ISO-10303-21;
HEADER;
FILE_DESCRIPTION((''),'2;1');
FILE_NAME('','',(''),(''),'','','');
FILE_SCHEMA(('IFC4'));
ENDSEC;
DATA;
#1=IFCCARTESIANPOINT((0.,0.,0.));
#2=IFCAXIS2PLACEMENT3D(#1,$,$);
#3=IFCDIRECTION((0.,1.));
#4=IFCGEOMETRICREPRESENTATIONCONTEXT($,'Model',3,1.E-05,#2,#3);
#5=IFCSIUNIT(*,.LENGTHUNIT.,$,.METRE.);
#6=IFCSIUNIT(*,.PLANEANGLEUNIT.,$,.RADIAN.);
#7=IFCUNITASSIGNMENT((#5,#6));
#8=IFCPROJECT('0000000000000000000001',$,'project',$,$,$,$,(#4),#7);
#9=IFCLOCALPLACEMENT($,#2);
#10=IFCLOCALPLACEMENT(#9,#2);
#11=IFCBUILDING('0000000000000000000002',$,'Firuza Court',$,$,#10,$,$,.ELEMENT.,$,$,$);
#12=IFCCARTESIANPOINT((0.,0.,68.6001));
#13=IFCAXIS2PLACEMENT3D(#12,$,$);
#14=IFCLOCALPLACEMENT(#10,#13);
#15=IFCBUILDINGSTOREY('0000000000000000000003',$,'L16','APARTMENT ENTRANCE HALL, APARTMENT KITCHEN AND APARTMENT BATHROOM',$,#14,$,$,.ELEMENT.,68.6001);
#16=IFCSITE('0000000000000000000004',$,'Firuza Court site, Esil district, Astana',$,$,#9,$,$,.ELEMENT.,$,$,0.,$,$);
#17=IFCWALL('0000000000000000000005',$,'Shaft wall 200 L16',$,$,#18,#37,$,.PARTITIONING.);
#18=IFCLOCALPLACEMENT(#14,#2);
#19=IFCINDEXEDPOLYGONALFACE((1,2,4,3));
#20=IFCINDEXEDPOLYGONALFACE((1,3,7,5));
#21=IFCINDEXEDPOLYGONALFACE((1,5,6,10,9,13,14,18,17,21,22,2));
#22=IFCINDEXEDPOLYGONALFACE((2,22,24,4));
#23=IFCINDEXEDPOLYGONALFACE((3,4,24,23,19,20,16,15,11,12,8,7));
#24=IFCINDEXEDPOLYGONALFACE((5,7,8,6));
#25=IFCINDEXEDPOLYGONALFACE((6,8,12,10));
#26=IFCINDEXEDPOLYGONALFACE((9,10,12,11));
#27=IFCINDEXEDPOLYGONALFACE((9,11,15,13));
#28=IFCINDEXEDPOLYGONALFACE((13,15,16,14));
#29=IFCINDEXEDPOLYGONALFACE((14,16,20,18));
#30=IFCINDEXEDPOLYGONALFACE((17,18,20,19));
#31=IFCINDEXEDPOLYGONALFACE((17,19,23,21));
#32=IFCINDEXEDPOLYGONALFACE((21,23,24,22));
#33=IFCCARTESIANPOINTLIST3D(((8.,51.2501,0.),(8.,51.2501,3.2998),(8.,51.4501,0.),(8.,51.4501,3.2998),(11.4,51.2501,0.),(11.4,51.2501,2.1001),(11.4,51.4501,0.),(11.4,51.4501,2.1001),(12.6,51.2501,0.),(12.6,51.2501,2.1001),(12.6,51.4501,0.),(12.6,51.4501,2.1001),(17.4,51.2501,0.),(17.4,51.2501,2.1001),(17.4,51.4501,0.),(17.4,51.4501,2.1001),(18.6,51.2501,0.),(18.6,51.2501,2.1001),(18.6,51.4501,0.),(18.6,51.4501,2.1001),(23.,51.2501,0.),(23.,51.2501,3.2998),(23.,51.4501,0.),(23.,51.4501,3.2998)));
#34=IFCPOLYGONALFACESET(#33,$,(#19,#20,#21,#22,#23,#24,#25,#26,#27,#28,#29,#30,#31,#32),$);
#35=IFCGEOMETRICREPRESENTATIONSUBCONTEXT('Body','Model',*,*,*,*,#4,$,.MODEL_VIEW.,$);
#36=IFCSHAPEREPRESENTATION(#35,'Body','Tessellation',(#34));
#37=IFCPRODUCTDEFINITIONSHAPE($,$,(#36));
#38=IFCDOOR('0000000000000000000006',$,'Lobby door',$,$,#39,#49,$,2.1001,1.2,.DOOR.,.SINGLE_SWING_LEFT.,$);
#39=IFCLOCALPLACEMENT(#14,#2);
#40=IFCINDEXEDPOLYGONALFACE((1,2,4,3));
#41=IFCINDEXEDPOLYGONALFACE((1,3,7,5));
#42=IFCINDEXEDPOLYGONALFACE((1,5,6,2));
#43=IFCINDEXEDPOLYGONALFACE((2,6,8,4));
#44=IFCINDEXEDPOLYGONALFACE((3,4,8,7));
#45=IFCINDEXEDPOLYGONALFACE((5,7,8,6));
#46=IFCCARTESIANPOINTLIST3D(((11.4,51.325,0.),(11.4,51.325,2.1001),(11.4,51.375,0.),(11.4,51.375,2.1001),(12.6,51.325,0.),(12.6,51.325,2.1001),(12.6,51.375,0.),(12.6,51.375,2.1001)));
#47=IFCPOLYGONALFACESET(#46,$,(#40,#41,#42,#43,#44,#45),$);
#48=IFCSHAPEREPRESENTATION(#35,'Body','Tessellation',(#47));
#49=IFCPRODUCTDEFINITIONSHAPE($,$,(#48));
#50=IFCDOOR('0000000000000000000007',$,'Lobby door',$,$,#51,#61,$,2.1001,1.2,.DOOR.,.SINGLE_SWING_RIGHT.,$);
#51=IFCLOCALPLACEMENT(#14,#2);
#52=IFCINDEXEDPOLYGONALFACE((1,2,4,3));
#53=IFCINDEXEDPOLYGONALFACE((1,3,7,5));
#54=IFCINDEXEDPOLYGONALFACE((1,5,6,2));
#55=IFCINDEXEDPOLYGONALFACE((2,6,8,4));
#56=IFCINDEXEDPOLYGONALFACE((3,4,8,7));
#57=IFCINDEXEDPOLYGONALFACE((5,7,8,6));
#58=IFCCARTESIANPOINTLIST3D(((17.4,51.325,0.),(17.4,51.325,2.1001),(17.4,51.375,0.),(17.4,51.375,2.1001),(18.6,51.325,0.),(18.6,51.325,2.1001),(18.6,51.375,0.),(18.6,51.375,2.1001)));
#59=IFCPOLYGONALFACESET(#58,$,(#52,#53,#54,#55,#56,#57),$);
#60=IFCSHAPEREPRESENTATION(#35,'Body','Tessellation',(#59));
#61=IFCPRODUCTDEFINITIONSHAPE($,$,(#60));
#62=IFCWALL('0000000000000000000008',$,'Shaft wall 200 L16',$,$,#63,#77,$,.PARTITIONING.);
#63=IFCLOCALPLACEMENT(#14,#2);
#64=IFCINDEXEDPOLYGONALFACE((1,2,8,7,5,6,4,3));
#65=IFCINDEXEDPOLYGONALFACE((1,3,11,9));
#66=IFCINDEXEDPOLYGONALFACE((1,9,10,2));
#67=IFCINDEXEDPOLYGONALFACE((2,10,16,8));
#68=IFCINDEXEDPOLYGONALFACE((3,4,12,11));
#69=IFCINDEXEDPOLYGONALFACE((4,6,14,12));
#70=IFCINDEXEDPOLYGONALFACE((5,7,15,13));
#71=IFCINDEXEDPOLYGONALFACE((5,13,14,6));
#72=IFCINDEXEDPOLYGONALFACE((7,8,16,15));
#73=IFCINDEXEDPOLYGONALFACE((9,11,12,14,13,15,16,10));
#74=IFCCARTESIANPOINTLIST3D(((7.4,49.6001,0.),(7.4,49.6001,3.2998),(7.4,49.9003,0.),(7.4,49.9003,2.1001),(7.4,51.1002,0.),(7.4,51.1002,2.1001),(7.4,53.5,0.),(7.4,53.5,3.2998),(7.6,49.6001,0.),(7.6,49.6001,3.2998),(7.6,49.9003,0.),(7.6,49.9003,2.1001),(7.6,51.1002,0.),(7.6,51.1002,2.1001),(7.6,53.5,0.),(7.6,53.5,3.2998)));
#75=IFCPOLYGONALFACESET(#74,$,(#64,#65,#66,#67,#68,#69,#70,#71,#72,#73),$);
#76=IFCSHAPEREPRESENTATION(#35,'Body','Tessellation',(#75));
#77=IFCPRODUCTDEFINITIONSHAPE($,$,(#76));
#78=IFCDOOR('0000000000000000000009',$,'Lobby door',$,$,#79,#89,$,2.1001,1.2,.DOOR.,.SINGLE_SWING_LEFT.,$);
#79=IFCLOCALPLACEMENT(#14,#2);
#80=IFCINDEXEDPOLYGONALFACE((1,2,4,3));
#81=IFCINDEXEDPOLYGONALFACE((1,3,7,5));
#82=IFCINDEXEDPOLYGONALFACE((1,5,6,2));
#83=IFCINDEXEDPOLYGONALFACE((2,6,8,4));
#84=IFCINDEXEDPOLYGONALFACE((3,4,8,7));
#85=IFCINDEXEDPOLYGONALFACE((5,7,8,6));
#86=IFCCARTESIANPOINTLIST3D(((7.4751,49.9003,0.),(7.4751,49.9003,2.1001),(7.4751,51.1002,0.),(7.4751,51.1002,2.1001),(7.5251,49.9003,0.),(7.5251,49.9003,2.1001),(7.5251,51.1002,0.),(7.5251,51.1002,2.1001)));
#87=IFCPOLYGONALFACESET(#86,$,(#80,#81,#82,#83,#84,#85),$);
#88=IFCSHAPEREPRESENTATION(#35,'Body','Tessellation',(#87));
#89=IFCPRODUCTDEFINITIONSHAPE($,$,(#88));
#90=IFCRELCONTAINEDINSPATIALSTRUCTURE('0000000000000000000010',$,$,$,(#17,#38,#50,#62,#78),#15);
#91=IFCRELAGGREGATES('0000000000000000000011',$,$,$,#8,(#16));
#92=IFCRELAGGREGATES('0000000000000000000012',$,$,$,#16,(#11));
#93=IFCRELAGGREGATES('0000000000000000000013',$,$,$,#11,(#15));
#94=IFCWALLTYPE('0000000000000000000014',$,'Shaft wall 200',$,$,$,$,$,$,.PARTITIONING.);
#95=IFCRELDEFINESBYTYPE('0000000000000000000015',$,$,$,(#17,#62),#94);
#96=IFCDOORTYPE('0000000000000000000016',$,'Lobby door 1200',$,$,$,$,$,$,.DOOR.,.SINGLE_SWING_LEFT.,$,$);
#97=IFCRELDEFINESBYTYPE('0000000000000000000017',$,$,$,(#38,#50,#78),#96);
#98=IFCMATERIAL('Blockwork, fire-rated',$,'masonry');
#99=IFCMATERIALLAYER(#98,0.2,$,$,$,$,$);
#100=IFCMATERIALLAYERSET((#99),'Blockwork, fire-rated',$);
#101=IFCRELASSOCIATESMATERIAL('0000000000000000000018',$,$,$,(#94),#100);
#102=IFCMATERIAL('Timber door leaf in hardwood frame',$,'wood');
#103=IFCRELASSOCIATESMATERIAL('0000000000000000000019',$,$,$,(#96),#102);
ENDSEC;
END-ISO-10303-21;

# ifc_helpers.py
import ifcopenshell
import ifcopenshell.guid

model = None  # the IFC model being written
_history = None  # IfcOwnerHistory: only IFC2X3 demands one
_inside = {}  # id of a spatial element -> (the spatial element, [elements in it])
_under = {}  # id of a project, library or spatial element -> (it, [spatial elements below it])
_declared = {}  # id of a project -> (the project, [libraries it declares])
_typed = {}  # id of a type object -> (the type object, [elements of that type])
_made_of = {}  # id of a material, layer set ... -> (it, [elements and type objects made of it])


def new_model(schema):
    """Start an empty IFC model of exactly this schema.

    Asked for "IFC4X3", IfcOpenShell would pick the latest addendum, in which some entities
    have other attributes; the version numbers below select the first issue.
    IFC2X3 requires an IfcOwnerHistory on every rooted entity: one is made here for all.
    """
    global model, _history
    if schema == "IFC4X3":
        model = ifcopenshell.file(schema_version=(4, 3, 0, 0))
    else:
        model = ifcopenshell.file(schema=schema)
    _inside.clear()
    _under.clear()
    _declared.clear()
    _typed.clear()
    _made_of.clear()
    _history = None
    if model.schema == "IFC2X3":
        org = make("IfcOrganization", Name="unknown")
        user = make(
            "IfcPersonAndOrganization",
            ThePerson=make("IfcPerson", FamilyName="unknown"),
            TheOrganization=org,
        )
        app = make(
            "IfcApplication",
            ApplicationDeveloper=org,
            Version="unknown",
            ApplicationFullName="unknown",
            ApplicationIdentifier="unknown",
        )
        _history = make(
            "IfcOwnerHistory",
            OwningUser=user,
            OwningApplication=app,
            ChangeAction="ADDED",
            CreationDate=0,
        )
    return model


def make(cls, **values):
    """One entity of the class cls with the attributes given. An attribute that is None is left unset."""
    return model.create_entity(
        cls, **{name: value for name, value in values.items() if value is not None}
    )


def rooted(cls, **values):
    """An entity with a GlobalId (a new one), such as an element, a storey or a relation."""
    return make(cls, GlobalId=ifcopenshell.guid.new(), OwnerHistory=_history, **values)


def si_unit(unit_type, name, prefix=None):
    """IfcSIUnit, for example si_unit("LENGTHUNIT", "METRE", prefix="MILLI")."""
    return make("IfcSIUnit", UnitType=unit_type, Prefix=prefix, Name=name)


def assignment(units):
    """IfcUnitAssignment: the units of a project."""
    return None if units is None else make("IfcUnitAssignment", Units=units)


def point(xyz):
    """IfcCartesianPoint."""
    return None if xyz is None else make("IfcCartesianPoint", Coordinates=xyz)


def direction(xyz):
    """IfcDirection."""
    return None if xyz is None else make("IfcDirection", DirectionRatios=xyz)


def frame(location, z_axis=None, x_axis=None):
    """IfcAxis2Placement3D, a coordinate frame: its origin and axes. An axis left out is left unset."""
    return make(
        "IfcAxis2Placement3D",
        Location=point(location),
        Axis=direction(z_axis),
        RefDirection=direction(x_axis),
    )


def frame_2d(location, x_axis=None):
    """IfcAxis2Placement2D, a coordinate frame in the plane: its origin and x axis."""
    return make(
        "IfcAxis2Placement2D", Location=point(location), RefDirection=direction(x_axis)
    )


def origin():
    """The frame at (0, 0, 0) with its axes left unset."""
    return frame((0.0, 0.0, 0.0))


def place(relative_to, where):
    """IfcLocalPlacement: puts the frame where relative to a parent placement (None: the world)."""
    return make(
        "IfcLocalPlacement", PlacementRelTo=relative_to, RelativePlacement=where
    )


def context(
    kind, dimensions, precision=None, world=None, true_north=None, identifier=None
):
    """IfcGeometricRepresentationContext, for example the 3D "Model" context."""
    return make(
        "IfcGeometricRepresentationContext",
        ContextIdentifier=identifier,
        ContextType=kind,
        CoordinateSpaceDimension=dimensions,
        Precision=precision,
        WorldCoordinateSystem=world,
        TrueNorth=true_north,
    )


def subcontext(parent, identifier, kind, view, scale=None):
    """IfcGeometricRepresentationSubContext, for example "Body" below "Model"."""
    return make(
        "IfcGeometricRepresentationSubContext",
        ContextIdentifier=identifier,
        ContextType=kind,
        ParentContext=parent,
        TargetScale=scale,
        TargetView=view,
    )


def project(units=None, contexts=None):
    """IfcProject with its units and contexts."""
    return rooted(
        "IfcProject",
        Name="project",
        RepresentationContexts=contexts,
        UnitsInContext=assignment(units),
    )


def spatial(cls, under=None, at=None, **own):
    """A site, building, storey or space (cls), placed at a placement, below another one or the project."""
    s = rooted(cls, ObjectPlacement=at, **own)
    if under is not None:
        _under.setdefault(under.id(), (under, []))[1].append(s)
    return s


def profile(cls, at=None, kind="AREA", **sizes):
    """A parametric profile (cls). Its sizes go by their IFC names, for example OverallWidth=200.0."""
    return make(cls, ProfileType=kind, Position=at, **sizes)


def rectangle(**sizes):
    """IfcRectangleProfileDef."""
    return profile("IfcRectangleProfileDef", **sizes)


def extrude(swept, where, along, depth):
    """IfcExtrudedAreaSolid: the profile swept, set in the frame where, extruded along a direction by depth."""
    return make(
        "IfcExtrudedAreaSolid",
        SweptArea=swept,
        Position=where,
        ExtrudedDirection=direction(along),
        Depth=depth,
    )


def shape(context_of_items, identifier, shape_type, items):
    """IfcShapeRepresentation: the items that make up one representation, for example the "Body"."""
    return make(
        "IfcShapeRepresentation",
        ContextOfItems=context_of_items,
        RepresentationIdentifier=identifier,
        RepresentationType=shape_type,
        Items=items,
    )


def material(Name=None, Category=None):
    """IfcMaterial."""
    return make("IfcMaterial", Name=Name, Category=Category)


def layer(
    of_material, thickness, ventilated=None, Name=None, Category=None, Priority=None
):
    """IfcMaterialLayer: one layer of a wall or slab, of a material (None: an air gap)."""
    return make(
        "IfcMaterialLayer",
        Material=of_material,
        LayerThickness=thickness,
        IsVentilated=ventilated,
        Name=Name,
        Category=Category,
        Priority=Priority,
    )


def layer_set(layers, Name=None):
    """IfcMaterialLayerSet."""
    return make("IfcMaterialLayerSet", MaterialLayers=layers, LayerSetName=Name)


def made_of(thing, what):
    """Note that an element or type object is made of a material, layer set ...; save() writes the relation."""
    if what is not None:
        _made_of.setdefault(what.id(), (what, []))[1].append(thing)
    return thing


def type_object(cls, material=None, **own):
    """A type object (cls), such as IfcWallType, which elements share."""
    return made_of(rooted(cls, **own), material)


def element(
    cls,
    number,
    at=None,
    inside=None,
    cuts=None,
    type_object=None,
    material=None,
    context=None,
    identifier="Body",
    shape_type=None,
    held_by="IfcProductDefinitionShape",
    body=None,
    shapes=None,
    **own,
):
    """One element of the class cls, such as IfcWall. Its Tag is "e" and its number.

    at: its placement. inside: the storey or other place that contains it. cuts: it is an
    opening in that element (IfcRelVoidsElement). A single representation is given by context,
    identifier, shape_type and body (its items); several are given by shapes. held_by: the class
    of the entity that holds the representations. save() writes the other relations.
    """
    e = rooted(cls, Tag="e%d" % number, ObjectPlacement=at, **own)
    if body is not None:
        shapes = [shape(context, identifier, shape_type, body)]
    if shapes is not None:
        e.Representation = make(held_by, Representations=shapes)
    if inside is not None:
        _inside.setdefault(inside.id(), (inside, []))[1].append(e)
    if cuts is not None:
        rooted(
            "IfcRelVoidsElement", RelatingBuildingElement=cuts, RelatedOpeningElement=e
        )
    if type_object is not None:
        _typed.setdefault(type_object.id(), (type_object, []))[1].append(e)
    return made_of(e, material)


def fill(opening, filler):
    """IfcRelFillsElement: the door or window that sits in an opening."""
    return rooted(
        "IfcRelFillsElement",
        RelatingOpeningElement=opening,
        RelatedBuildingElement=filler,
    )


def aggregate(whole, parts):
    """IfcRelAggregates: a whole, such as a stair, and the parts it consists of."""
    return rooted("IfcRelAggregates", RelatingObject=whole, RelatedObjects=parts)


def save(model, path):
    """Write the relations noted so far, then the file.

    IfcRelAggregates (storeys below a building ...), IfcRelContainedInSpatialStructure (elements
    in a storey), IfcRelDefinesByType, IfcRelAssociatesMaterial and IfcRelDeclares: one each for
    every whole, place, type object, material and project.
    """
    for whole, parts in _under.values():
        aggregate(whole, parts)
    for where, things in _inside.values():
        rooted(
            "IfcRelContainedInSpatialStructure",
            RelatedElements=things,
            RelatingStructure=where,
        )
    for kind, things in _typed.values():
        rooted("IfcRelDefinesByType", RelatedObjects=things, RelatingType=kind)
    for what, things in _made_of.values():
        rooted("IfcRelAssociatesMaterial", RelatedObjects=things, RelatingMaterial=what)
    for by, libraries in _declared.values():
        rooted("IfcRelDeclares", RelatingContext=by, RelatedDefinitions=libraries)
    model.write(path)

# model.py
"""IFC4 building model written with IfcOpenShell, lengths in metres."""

from ifc_helpers import new_model, si_unit, direction, frame, frame_2d, origin, place, context, subcontext, project, spatial, rectangle, extrude, material, layer, layer_set, type_object, element, fill, save


model = new_model("IFC4")

# Units and contexts
model_context = context("Model", 3, precision=1e-05, world=origin(), true_north=direction((0.0, 1.0)))
body_context = subcontext(model_context, "Body", "Model", "MODEL_VIEW")
ifc_project = project(units=[si_unit("LENGTHUNIT", "METRE"), si_unit("PLANEANGLEUNIT", "RADIAN")], contexts=[model_context])

# Site, building, storey
site_placement = place(None, origin())
site = spatial("IfcSite", under=ifc_project, at=site_placement, Name="Firuza Court site, Esil district, Astana", CompositionType="ELEMENT", RefElevation=0.0)
building_placement = place(site_placement, origin())
building = spatial("IfcBuilding", under=site, at=building_placement, Name="Firuza Court", CompositionType="ELEMENT")
storey_placement = place(building_placement, frame((0.0, 0.0, 68.6001)))
storey = spatial("IfcBuildingStorey", under=building, at=storey_placement, Name="L16", Description="APARTMENT ENTRANCE HALL, APARTMENT KITCHEN AND APARTMENT BATHROOM", CompositionType="ELEMENT", Elevation=68.6001)

# Wall, openings, doors
ifc_material_1 = material(Name="Blockwork, fire-rated", Category="masonry")
ifc_layer_1 = layer(ifc_material_1, 0.2)
ifc_layer_set_1 = layer_set([ifc_layer_1], Name="Blockwork, fire-rated")
wall_type_1 = type_object("IfcWallType", Name="Shaft wall 200", PredefinedType="PARTITIONING", material=ifc_layer_set_1)
wall_1_placement = place(storey_placement, frame((8.0, 51.3501, 0.0), z_axis=(0.0, 0.0, 1.0), x_axis=(1.0, 0.0, 0.0)))
wall_1 = element("IfcWall", 1, at=wall_1_placement, inside=storey, type_object=wall_type_1, Name="Shaft wall 200 L16", PredefinedType="PARTITIONING", context=body_context, shape_type="SweptSolid", body=[
    extrude(rectangle(XDim=15.0, YDim=0.2, at=frame_2d((7.5, 0.0))), origin(), (0.0, 0.0, 1.0), 3.2998),
])
opening_1_placement = place(wall_1_placement, frame((3.3999, 0.0, 0.0)))
opening_1 = element("IfcOpeningElement", 2, at=opening_1_placement, cuts=wall_1, PredefinedType="OPENING", context=body_context, shape_type="SweptSolid", body=[
    extrude(rectangle(XDim=1.2, YDim=2.1001, at=frame_2d((0.6001, 1.05))), frame((0.0, 0.1118, 0.0), z_axis=(0.0, -1.0, 0.0), x_axis=(1.0, 0.0, 0.0)), (0.0, 0.0, 1.0), 0.2239),
])
opening_2_placement = place(wall_1_placement, frame((9.3999, 0.0, 0.0)))
opening_2 = element("IfcOpeningElement", 3, at=opening_2_placement, cuts=wall_1, PredefinedType="OPENING", context=body_context, shape_type="SweptSolid", body=[
    extrude(rectangle(XDim=1.2, YDim=2.1001, at=frame_2d((0.6001, 1.05))), frame((0.0, 0.1118, 0.0), z_axis=(0.0, -1.0, 0.0), x_axis=(1.0, 0.0, 0.0)), (0.0, 0.0, 1.0), 0.2239),
])
ifc_material_2 = material(Name="Timber door leaf in hardwood frame", Category="wood")
door_type_1 = type_object("IfcDoorType", Name="Lobby door 1200", OperationType="SINGLE_SWING_LEFT", PredefinedType="DOOR", material=ifc_material_2)
door_1_placement = place(opening_1_placement, origin())
door_1 = element("IfcDoor", 4, at=door_1_placement, inside=storey, type_object=door_type_1, Name="Lobby door", OperationType="SINGLE_SWING_LEFT", OverallHeight=2.1001, OverallWidth=1.2, PredefinedType="DOOR", context=body_context, shape_type="SweptSolid", body=[
    extrude(rectangle(XDim=1.2, YDim=2.1001, at=frame_2d((0.6001, 1.05))), frame((0.0, 0.0249, 0.0), z_axis=(0.0, -1.0, 0.0), x_axis=(1.0, 0.0, 0.0)), (0.0, 0.0, 1.0), 0.05),
])
fill(opening_1, door_1)
door_2_placement = place(opening_2_placement, origin())
door_2 = element("IfcDoor", 5, at=door_2_placement, inside=storey, type_object=door_type_1, Name="Lobby door", OperationType="SINGLE_SWING_RIGHT", OverallHeight=2.1001, OverallWidth=1.2, PredefinedType="DOOR", context=body_context, shape_type="SweptSolid", body=[
    extrude(rectangle(XDim=1.2, YDim=2.1001, at=frame_2d((0.6001, 1.05))), frame((0.0, 0.0249, 0.0), z_axis=(0.0, -1.0, 0.0), x_axis=(1.0, 0.0, 0.0)), (0.0, 0.0, 1.0), 0.05),
])
fill(opening_2, door_2)

# Wall, opening, door
wall_2_placement = place(storey_placement, frame((7.5, 49.6001, 0.0), z_axis=(0.0, 0.0, 1.0), x_axis=(0.0, 1.0, 0.0)))
wall_2 = element("IfcWall", 6, at=wall_2_placement, inside=storey, type_object=wall_type_1, Name="Shaft wall 200 L16", PredefinedType="PARTITIONING", context=body_context, shape_type="SweptSolid", body=[
    extrude(rectangle(XDim=3.8999, YDim=0.2, at=frame_2d((1.95, 0.0))), origin(), (0.0, 0.0, 1.0), 3.2998),
])
opening_3_placement = place(wall_2_placement, frame((0.3, 0.0, 0.0)))
opening_3 = element("IfcOpeningElement", 7, at=opening_3_placement, cuts=wall_2, PredefinedType="OPENING", context=body_context, shape_type="SweptSolid", body=[
    extrude(rectangle(XDim=1.2, YDim=2.1001, at=frame_2d((0.6001, 1.05))), frame((0.0, 0.1118, 0.0), z_axis=(0.0, -1.0, 0.0), x_axis=(1.0, 0.0, 0.0)), (0.0, 0.0, 1.0), 0.2239),
])
door_3_placement = place(opening_3_placement, origin())
door_3 = element("IfcDoor", 8, at=door_3_placement, inside=storey, type_object=door_type_1, Name="Lobby door", OperationType="SINGLE_SWING_LEFT", OverallHeight=2.1001, OverallWidth=1.2, PredefinedType="DOOR", context=body_context, shape_type="SweptSolid", body=[
    extrude(rectangle(XDim=1.2, YDim=2.1001, at=frame_2d((0.6001, 1.05))), frame((0.0, 0.0249, 0.0), z_axis=(0.0, -1.0, 0.0), x_axis=(1.0, 0.0, 0.0)), (0.0, 0.0, 1.0), 0.05),
])
fill(opening_3, door_3)

save(model, "model.ifc")
